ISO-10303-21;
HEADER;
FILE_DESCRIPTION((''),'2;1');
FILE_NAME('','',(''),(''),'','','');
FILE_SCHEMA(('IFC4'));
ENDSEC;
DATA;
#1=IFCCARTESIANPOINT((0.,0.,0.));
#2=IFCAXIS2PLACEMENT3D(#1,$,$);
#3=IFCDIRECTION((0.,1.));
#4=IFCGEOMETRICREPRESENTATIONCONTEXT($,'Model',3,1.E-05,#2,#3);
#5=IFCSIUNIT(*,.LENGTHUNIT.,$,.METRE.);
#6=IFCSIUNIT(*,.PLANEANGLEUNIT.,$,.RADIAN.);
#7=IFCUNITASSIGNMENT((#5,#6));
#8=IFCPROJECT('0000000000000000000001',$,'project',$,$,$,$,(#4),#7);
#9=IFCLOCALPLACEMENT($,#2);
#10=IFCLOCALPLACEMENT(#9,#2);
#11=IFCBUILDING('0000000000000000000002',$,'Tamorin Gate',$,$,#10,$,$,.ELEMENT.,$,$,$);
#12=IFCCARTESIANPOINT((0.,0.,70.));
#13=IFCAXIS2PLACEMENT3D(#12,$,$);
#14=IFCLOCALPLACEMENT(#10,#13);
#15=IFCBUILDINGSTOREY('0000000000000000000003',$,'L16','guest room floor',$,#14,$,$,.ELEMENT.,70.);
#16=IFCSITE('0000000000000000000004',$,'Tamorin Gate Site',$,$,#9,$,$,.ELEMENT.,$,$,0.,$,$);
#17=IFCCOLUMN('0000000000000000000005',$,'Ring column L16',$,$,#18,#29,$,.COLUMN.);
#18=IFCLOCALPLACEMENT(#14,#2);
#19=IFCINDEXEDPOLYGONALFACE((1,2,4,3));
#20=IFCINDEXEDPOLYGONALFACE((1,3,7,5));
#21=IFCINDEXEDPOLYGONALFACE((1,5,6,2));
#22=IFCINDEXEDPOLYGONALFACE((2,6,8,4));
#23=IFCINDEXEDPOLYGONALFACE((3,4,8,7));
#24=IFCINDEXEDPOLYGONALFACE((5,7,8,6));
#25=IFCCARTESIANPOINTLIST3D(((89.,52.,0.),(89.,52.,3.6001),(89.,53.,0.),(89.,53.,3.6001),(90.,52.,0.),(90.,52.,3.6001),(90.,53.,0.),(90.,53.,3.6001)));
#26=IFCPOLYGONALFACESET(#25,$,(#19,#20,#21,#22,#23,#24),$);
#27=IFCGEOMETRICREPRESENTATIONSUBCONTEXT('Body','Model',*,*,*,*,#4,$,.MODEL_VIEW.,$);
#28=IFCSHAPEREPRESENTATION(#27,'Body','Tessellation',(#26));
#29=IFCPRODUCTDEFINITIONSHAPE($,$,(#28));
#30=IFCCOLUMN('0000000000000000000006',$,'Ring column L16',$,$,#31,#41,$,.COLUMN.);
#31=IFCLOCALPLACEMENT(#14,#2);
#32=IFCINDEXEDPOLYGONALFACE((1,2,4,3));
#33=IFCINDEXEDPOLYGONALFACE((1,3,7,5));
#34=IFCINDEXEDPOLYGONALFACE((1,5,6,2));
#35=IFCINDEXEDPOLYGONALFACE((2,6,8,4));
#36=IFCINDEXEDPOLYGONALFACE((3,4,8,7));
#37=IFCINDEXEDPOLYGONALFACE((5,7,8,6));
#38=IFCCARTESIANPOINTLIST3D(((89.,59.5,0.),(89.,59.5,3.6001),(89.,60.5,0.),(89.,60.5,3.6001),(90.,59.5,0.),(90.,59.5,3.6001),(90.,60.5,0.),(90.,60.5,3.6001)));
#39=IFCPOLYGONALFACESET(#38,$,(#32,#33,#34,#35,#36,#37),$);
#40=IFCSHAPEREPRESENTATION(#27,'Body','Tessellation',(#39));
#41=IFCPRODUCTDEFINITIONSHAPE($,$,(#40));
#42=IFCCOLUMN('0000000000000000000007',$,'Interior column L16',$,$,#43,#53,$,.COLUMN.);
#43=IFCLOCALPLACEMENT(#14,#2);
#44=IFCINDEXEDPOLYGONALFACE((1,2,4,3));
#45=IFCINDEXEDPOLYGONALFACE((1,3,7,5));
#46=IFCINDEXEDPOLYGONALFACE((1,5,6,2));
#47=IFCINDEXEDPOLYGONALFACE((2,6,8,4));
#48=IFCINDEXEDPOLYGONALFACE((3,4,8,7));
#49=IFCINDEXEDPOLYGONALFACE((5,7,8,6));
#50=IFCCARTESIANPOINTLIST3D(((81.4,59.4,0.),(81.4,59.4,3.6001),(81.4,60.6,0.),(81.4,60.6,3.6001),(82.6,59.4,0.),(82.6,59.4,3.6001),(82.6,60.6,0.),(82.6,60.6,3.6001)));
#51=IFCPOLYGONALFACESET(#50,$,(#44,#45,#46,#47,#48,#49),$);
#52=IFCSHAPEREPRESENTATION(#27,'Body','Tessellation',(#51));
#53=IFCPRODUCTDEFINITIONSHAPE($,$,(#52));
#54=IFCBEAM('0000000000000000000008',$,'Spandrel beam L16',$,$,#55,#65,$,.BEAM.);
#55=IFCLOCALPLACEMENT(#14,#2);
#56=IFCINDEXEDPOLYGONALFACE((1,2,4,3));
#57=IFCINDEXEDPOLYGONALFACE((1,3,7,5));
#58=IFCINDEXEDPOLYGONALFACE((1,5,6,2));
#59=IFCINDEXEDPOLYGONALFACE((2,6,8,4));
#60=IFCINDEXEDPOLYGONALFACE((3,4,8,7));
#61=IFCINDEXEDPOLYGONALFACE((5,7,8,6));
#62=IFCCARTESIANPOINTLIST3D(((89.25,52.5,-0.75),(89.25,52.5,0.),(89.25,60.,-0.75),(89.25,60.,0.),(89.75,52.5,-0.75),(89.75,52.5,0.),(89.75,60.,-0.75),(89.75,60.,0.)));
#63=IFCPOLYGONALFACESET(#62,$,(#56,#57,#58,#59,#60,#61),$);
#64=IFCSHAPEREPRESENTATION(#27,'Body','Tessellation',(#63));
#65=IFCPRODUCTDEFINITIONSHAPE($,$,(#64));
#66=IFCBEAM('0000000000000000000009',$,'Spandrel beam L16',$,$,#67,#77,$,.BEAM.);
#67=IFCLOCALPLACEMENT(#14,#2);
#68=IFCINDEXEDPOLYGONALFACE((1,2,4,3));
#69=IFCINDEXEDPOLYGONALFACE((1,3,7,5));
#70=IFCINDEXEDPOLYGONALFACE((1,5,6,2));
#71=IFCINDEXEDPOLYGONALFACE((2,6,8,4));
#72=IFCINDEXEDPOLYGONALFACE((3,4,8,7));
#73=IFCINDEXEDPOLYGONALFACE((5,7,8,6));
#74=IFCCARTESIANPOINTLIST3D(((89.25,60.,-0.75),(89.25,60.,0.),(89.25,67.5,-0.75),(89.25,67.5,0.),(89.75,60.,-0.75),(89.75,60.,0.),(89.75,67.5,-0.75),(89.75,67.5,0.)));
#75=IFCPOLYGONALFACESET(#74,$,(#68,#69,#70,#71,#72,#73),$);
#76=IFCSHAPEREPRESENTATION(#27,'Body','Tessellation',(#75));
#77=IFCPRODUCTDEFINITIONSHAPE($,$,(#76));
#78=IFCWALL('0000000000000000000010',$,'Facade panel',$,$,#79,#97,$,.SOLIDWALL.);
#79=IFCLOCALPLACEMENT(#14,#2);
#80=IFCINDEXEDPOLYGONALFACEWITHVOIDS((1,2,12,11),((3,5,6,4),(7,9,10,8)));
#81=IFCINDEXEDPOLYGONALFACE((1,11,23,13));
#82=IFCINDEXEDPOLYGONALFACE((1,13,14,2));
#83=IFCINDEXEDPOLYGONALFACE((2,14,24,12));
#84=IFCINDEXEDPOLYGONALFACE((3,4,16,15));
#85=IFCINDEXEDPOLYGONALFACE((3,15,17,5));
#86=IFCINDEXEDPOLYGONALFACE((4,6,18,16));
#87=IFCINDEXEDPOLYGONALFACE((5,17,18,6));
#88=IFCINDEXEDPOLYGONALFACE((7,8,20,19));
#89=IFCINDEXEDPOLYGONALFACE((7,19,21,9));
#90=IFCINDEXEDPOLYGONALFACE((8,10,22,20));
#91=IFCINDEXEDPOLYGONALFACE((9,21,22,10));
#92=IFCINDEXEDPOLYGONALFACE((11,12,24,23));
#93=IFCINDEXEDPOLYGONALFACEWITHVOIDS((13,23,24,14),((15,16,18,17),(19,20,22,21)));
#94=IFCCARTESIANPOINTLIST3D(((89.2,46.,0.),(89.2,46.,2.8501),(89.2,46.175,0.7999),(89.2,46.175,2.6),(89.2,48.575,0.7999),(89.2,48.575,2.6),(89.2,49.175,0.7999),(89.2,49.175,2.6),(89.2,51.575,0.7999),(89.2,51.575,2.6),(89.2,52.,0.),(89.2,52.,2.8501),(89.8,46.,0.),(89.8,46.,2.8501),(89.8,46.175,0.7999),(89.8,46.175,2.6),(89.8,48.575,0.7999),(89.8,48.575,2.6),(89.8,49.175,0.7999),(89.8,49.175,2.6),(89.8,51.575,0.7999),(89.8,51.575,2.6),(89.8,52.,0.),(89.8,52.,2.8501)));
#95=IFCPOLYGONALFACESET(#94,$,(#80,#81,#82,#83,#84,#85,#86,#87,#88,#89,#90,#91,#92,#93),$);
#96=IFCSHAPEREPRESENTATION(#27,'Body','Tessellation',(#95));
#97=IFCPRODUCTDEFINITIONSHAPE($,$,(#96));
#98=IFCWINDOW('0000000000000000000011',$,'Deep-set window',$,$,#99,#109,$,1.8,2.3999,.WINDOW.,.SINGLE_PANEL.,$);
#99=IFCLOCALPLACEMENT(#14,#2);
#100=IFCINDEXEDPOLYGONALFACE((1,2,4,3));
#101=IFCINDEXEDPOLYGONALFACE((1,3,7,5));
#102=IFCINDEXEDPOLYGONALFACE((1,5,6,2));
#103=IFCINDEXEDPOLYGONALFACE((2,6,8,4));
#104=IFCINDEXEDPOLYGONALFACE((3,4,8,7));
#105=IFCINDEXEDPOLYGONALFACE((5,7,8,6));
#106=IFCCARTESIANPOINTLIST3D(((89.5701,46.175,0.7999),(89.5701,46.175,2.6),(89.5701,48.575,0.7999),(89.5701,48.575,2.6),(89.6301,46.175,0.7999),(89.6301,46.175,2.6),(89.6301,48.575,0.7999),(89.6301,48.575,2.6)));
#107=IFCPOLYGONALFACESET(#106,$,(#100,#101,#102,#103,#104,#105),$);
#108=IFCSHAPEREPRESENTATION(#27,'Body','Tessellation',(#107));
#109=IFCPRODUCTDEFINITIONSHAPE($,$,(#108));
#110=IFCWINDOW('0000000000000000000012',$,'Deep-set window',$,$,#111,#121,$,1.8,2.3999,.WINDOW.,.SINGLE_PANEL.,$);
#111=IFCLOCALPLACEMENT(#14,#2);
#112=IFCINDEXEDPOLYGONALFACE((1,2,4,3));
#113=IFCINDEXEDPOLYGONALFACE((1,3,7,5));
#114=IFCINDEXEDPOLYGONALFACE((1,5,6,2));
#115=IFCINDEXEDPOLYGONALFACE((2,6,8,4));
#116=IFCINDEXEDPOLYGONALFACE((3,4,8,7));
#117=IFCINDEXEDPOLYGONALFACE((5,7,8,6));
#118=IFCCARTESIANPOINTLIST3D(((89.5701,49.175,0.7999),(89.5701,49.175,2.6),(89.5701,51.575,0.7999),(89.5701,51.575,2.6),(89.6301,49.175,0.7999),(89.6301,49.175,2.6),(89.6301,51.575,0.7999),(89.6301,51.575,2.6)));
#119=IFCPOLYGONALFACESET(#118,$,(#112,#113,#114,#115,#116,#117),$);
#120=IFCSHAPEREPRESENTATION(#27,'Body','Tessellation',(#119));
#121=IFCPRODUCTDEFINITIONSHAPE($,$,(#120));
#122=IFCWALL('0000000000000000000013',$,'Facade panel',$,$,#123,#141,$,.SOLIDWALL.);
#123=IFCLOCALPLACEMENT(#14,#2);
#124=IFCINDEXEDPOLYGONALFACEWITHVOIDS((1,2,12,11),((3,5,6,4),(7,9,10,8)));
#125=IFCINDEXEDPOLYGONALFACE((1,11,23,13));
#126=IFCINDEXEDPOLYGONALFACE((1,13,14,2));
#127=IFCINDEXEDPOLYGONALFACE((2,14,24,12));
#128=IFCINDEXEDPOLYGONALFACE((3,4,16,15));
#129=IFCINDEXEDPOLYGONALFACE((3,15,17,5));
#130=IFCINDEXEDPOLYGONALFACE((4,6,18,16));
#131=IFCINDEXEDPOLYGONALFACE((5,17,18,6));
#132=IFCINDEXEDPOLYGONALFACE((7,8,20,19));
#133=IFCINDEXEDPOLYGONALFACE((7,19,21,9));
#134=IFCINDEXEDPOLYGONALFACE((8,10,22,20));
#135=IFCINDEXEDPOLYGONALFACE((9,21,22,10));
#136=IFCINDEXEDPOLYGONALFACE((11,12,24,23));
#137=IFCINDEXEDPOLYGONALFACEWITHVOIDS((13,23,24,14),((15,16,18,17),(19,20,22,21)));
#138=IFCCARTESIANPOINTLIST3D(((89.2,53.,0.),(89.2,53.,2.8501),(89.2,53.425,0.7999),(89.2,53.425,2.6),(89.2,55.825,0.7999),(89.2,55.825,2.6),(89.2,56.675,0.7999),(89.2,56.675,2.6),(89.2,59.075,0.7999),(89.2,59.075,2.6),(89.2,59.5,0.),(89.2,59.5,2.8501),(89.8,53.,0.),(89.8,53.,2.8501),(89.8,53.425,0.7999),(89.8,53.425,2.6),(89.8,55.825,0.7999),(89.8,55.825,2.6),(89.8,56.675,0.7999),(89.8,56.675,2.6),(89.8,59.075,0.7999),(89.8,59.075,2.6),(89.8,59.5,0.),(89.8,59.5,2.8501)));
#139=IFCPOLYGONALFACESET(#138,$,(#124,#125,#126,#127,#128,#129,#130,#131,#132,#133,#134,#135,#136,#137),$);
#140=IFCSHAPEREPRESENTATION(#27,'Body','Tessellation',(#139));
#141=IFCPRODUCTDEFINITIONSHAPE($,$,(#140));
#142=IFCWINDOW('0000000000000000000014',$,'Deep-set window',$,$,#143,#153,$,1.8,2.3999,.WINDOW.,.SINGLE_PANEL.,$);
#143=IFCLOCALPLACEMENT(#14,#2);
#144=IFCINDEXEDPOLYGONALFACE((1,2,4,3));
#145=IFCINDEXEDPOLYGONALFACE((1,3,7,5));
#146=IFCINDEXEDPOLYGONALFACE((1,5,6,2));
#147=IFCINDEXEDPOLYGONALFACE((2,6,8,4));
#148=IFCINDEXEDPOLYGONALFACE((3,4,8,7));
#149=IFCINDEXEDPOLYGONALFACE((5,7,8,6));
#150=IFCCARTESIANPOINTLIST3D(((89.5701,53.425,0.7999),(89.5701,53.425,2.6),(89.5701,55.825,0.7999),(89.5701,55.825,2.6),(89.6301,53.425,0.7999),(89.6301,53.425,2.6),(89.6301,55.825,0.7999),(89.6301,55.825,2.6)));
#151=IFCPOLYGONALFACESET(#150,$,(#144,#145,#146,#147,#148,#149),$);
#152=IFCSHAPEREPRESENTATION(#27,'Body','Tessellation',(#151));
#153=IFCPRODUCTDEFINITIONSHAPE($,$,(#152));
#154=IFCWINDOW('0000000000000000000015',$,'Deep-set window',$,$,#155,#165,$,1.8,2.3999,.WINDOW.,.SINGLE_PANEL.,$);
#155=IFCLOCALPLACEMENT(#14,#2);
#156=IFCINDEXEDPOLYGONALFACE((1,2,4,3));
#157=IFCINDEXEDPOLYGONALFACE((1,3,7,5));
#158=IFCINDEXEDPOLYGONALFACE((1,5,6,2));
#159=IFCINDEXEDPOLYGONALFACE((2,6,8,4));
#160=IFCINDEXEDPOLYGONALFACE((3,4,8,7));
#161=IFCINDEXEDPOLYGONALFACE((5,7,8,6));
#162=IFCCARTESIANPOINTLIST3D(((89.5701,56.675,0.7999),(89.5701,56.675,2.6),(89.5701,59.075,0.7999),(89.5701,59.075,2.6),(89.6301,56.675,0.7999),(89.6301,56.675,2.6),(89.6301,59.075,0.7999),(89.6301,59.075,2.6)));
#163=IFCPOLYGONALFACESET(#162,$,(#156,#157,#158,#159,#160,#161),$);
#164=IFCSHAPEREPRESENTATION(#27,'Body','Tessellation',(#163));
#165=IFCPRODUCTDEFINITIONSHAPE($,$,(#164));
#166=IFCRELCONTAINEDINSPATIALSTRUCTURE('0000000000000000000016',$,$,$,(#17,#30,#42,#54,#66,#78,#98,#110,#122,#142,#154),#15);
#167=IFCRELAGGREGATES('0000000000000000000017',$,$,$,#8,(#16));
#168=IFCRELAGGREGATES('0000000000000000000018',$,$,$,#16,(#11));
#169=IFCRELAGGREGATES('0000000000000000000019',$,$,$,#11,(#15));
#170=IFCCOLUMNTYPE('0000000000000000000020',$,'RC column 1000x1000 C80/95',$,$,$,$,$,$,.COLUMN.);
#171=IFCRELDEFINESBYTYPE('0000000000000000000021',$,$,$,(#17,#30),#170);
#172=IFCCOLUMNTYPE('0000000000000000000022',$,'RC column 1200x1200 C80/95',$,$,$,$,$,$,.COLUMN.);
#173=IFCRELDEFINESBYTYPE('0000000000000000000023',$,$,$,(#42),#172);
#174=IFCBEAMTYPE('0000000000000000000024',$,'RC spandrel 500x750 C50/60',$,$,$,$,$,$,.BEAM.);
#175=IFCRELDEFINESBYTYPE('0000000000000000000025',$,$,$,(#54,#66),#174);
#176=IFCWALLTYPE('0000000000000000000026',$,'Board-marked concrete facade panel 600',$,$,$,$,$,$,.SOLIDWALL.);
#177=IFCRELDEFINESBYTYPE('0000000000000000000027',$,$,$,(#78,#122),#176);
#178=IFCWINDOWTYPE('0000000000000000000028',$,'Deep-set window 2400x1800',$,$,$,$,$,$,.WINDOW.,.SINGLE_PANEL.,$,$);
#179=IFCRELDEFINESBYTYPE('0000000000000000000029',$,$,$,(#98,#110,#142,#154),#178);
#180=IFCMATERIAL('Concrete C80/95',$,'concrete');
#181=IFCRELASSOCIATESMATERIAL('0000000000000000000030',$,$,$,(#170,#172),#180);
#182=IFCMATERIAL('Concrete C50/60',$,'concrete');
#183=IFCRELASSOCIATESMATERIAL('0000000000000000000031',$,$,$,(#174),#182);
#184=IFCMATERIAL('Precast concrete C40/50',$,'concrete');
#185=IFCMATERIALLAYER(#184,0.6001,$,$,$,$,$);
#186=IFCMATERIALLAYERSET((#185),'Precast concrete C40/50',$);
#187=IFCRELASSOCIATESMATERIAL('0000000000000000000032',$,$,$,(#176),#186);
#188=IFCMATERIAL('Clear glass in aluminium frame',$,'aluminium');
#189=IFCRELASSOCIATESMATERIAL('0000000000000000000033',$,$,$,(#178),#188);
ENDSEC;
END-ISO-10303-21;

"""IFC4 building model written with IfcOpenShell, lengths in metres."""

from ifc_helpers import new_model, si_unit, direction, frame, frame_2d, origin, origin_2d, place, context, subcontext, project, spatial, rectangle, extrude, material, layer, layer_set, material_profile, profile_set, type_object, element, fill, save


model = new_model("IFC4")

# Units and contexts
model_context = context("Model", 3, precision=1e-05, world=origin(), true_north=direction((0.0, 1.0)))
body_context = subcontext(model_context, "Body", "Model", "MODEL_VIEW")
ifc_project = project(units=[si_unit("LENGTHUNIT", "METRE"), si_unit("PLANEANGLEUNIT", "RADIAN")], contexts=[model_context])

# Site, building, storey
site_placement = place(None, origin())
site = spatial("IfcSite", under=ifc_project, at=site_placement, Name="Tamorin Gate Site", CompositionType="ELEMENT", RefElevation=0.0)
building_placement = place(site_placement, origin())
building = spatial("IfcBuilding", under=site, at=building_placement, Name="Tamorin Gate", CompositionType="ELEMENT")
storey_placement = place(building_placement, frame((0.0, 0.0, 70.0)))
storey = spatial("IfcBuildingStorey", under=building, at=storey_placement, Name="L16", Description="guest room floor", CompositionType="ELEMENT", Elevation=70.0)

# Columns
ifc_material_1 = material(Name="Concrete C80/95", Category="concrete")
ifc_material_profile_1 = material_profile(ifc_material_1, rectangle(XDim=1.0, YDim=1.0, at=origin_2d()), Name="RC 1000x1000")
ifc_profile_set_1 = profile_set([ifc_material_profile_1], Name="Concrete C80/95")
column_type_1 = type_object("IfcColumnType", Name="RC column 1000x1000 C80/95", PredefinedType="COLUMN", material=ifc_profile_set_1)
for number, where, z_axis, x_axis, name in (
    (1, (89.5, 52.5, 0.0), (0.0, 0.0, 1.0), (1.0, 0.0, 0.0), "Ring column L16"),
    (2, (89.5, 60.0, 0.0), (0.0, 0.0, 1.0), (1.0, 0.0, 0.0), "Ring column L16"),
):
    element("IfcColumn", number, at=place(storey_placement, frame(where, z_axis=z_axis, x_axis=x_axis)), inside=storey, type_object=column_type_1, Name=name, PredefinedType="COLUMN", context=body_context, shape_type="SweptSolid", body=[
        extrude(rectangle(XDim=1.0, YDim=1.0, at=origin_2d()), origin(), (0.0, 0.0, 1.0), 3.6001),
    ])
ifc_material_profile_2 = material_profile(ifc_material_1, rectangle(XDim=1.2, YDim=1.2, at=origin_2d()), Name="RC 1200x1200")
ifc_profile_set_2 = profile_set([ifc_material_profile_2], Name="Concrete C80/95")
column_type_2 = type_object("IfcColumnType", Name="RC column 1200x1200 C80/95", PredefinedType="COLUMN", material=ifc_profile_set_2)
column_placement = place(storey_placement, frame((82.0, 60.0, 0.0), z_axis=(0.0, 0.0, 1.0), x_axis=(1.0, 0.0, 0.0)))
element("IfcColumn", 3, at=column_placement, inside=storey, type_object=column_type_2, Name="Interior column L16", PredefinedType="COLUMN", context=body_context, shape_type="SweptSolid", body=[
    extrude(rectangle(XDim=1.2, YDim=1.2, at=origin_2d()), origin(), (0.0, 0.0, 1.0), 3.6001),
])

# Beams
ifc_material_2 = material(Name="Concrete C50/60", Category="concrete")
ifc_material_profile_3 = material_profile(ifc_material_2, rectangle(XDim=0.5, YDim=0.75, at=origin_2d()), Name="RC 500x750")
ifc_profile_set_3 = profile_set([ifc_material_profile_3], Name="Concrete C50/60")
beam_type = type_object("IfcBeamType", Name="RC spandrel 500x750 C50/60", PredefinedType="BEAM", material=ifc_profile_set_3)
for number, where, z_axis, x_axis, name in (
    (4, (89.5, 52.5, -0.375), (0.0, 1.0, 0.0), (-1.0, 0.0, 0.0), "Spandrel beam L16"),
    (5, (89.5, 60.0, -0.375), (0.0, 1.0, 0.0), (-1.0, 0.0, 0.0), "Spandrel beam L16"),
):
    element("IfcBeam", number, at=place(storey_placement, frame(where, z_axis=z_axis, x_axis=x_axis)), inside=storey, type_object=beam_type, Name=name, PredefinedType="BEAM", context=body_context, shape_type="SweptSolid", body=[
        extrude(rectangle(XDim=0.5, YDim=0.75, at=origin_2d()), origin(), (0.0, 0.0, 1.0), 7.5),
    ])

# Walls, openings, windows
ifc_material_3 = material(Name="Precast concrete C40/50", Category="concrete")
ifc_layer_1 = layer(ifc_material_3, 0.6001)
ifc_layer_set_1 = layer_set([ifc_layer_1], Name="Precast concrete C40/50")
wall_type_1 = type_object("IfcWallType", Name="Board-marked concrete facade panel 600", PredefinedType="SOLIDWALL", material=ifc_layer_set_1)
wall_1_placement = place(storey_placement, frame((89.5, 46.0, 0.0), z_axis=(0.0, 0.0, 1.0), x_axis=(0.0, 1.0, 0.0)))
wall_1 = element("IfcWall", 6, at=wall_1_placement, inside=storey, type_object=wall_type_1, Name="Facade panel", PredefinedType="SOLIDWALL", context=body_context, shape_type="SweptSolid", body=[
    extrude(rectangle(XDim=6.0, YDim=0.6001, at=frame_2d((3.0, 0.0))), origin(), (0.0, 0.0, 1.0), 2.8501),
])
opening_1_placement = place(wall_1_placement, frame((0.175, 0.0, 0.8)))
opening_1 = element("IfcOpeningElement", 7, at=opening_1_placement, cuts=wall_1, PredefinedType="OPENING", context=body_context, shape_type="SweptSolid", body=[
    extrude(rectangle(XDim=2.3999, YDim=1.8, at=frame_2d((1.2, 0.8999))), frame((0.0, 0.3101, 0.0), z_axis=(0.0, -1.0, 0.0), x_axis=(1.0, 0.0, 0.0)), (0.0, 0.0, 1.0), 0.6201),
])
opening_2_placement = place(wall_1_placement, frame((3.175, 0.0, 0.8)))
opening_2 = element("IfcOpeningElement", 8, at=opening_2_placement, cuts=wall_1, PredefinedType="OPENING", context=body_context, shape_type="SweptSolid", body=[
    extrude(rectangle(XDim=2.3999, YDim=1.8, at=frame_2d((1.2, 0.8999))), frame((0.0, 0.3101, 0.0), z_axis=(0.0, -1.0, 0.0), x_axis=(1.0, 0.0, 0.0)), (0.0, 0.0, 1.0), 0.6201),
])
ifc_material_4 = material(Name="Clear glass in aluminium frame", Category="aluminium")
window_type = type_object("IfcWindowType", Name="Deep-set window 2400x1800", PartitioningType="SINGLE_PANEL", PredefinedType="WINDOW", material=ifc_material_4)
window_1_placement = place(opening_1_placement, origin())
window_1 = element("IfcWindow", 9, at=window_1_placement, inside=storey, type_object=window_type, Name="Deep-set window", OverallHeight=1.8, OverallWidth=2.3999, PartitioningType="SINGLE_PANEL", PredefinedType="WINDOW", context=body_context, shape_type="SweptSolid", body=[
    extrude(rectangle(XDim=2.3999, YDim=1.8, at=frame_2d((1.2, 0.8999))), frame((0.0, -0.0701, 0.0), z_axis=(0.0, -1.0, 0.0), x_axis=(1.0, 0.0, 0.0)), (0.0, 0.0, 1.0), 0.0601),
])
fill(opening_1, window_1)
window_2_placement = place(opening_2_placement, origin())
window_2 = element("IfcWindow", 10, at=window_2_placement, inside=storey, type_object=window_type, Name="Deep-set window", OverallHeight=1.8, OverallWidth=2.3999, PartitioningType="SINGLE_PANEL", PredefinedType="WINDOW", context=body_context, shape_type="SweptSolid", body=[
    extrude(rectangle(XDim=2.3999, YDim=1.8, at=frame_2d((1.2, 0.8999))), frame((0.0, -0.0701, 0.0), z_axis=(0.0, -1.0, 0.0), x_axis=(1.0, 0.0, 0.0)), (0.0, 0.0, 1.0), 0.0601),
])
fill(opening_2, window_2)
wall_2_placement = place(storey_placement, frame((89.5, 53.0, 0.0), z_axis=(0.0, 0.0, 1.0), x_axis=(0.0, 1.0, 0.0)))
wall_2 = element("IfcWall", 11, at=wall_2_placement, inside=storey, type_object=wall_type_1, Name="Facade panel", PredefinedType="SOLIDWALL", context=body_context, shape_type="SweptSolid", body=[
    extrude(rectangle(XDim=6.5, YDim=0.6001, at=frame_2d((3.25, 0.0))), origin(), (0.0, 0.0, 1.0), 2.8501),
])
opening_3_placement = place(wall_2_placement, frame((0.425, 0.0, 0.8)))
opening_3 = element("IfcOpeningElement", 12, at=opening_3_placement, cuts=wall_2, PredefinedType="OPENING", context=body_context, shape_type="SweptSolid", body=[
    extrude(rectangle(XDim=2.3999, YDim=1.8, at=frame_2d((1.2, 0.8999))), frame((0.0, 0.3101, 0.0), z_axis=(0.0, -1.0, 0.0), x_axis=(1.0, 0.0, 0.0)), (0.0, 0.0, 1.0), 0.6201),
])
opening_4_placement = place(wall_2_placement, frame((3.675, 0.0, 0.8)))
opening_4 = element("IfcOpeningElement", 13, at=opening_4_placement, cuts=wall_2, PredefinedType="OPENING", context=body_context, shape_type="SweptSolid", body=[
    extrude(rectangle(XDim=2.3999, YDim=1.8, at=frame_2d((1.2, 0.8999))), frame((0.0, 0.3101, 0.0), z_axis=(0.0, -1.0, 0.0), x_axis=(1.0, 0.0, 0.0)), (0.0, 0.0, 1.0), 0.6201),
])
window_3_placement = place(opening_3_placement, origin())
window_3 = element("IfcWindow", 14, at=window_3_placement, inside=storey, type_object=window_type, Name="Deep-set window", OverallHeight=1.8, OverallWidth=2.3999, PartitioningType="SINGLE_PANEL", PredefinedType="WINDOW", context=body_context, shape_type="SweptSolid", body=[
    extrude(rectangle(XDim=2.3999, YDim=1.8, at=frame_2d((1.2, 0.8999))), frame((0.0, -0.0701, 0.0), z_axis=(0.0, -1.0, 0.0), x_axis=(1.0, 0.0, 0.0)), (0.0, 0.0, 1.0), 0.0601),
])
fill(opening_3, window_3)
window_4_placement = place(opening_4_placement, origin())
window_4 = element("IfcWindow", 15, at=window_4_placement, inside=storey, type_object=window_type, Name="Deep-set window", OverallHeight=1.8, OverallWidth=2.3999, PartitioningType="SINGLE_PANEL", PredefinedType="WINDOW", context=body_context, shape_type="SweptSolid", body=[
    extrude(rectangle(XDim=2.3999, YDim=1.8, at=frame_2d((1.2, 0.8999))), frame((0.0, -0.0701, 0.0), z_axis=(0.0, -1.0, 0.0), x_axis=(1.0, 0.0, 0.0)), (0.0, 0.0, 1.0), 0.0601),
])
fill(opening_4, window_4)

save(model, "model.ifc")
